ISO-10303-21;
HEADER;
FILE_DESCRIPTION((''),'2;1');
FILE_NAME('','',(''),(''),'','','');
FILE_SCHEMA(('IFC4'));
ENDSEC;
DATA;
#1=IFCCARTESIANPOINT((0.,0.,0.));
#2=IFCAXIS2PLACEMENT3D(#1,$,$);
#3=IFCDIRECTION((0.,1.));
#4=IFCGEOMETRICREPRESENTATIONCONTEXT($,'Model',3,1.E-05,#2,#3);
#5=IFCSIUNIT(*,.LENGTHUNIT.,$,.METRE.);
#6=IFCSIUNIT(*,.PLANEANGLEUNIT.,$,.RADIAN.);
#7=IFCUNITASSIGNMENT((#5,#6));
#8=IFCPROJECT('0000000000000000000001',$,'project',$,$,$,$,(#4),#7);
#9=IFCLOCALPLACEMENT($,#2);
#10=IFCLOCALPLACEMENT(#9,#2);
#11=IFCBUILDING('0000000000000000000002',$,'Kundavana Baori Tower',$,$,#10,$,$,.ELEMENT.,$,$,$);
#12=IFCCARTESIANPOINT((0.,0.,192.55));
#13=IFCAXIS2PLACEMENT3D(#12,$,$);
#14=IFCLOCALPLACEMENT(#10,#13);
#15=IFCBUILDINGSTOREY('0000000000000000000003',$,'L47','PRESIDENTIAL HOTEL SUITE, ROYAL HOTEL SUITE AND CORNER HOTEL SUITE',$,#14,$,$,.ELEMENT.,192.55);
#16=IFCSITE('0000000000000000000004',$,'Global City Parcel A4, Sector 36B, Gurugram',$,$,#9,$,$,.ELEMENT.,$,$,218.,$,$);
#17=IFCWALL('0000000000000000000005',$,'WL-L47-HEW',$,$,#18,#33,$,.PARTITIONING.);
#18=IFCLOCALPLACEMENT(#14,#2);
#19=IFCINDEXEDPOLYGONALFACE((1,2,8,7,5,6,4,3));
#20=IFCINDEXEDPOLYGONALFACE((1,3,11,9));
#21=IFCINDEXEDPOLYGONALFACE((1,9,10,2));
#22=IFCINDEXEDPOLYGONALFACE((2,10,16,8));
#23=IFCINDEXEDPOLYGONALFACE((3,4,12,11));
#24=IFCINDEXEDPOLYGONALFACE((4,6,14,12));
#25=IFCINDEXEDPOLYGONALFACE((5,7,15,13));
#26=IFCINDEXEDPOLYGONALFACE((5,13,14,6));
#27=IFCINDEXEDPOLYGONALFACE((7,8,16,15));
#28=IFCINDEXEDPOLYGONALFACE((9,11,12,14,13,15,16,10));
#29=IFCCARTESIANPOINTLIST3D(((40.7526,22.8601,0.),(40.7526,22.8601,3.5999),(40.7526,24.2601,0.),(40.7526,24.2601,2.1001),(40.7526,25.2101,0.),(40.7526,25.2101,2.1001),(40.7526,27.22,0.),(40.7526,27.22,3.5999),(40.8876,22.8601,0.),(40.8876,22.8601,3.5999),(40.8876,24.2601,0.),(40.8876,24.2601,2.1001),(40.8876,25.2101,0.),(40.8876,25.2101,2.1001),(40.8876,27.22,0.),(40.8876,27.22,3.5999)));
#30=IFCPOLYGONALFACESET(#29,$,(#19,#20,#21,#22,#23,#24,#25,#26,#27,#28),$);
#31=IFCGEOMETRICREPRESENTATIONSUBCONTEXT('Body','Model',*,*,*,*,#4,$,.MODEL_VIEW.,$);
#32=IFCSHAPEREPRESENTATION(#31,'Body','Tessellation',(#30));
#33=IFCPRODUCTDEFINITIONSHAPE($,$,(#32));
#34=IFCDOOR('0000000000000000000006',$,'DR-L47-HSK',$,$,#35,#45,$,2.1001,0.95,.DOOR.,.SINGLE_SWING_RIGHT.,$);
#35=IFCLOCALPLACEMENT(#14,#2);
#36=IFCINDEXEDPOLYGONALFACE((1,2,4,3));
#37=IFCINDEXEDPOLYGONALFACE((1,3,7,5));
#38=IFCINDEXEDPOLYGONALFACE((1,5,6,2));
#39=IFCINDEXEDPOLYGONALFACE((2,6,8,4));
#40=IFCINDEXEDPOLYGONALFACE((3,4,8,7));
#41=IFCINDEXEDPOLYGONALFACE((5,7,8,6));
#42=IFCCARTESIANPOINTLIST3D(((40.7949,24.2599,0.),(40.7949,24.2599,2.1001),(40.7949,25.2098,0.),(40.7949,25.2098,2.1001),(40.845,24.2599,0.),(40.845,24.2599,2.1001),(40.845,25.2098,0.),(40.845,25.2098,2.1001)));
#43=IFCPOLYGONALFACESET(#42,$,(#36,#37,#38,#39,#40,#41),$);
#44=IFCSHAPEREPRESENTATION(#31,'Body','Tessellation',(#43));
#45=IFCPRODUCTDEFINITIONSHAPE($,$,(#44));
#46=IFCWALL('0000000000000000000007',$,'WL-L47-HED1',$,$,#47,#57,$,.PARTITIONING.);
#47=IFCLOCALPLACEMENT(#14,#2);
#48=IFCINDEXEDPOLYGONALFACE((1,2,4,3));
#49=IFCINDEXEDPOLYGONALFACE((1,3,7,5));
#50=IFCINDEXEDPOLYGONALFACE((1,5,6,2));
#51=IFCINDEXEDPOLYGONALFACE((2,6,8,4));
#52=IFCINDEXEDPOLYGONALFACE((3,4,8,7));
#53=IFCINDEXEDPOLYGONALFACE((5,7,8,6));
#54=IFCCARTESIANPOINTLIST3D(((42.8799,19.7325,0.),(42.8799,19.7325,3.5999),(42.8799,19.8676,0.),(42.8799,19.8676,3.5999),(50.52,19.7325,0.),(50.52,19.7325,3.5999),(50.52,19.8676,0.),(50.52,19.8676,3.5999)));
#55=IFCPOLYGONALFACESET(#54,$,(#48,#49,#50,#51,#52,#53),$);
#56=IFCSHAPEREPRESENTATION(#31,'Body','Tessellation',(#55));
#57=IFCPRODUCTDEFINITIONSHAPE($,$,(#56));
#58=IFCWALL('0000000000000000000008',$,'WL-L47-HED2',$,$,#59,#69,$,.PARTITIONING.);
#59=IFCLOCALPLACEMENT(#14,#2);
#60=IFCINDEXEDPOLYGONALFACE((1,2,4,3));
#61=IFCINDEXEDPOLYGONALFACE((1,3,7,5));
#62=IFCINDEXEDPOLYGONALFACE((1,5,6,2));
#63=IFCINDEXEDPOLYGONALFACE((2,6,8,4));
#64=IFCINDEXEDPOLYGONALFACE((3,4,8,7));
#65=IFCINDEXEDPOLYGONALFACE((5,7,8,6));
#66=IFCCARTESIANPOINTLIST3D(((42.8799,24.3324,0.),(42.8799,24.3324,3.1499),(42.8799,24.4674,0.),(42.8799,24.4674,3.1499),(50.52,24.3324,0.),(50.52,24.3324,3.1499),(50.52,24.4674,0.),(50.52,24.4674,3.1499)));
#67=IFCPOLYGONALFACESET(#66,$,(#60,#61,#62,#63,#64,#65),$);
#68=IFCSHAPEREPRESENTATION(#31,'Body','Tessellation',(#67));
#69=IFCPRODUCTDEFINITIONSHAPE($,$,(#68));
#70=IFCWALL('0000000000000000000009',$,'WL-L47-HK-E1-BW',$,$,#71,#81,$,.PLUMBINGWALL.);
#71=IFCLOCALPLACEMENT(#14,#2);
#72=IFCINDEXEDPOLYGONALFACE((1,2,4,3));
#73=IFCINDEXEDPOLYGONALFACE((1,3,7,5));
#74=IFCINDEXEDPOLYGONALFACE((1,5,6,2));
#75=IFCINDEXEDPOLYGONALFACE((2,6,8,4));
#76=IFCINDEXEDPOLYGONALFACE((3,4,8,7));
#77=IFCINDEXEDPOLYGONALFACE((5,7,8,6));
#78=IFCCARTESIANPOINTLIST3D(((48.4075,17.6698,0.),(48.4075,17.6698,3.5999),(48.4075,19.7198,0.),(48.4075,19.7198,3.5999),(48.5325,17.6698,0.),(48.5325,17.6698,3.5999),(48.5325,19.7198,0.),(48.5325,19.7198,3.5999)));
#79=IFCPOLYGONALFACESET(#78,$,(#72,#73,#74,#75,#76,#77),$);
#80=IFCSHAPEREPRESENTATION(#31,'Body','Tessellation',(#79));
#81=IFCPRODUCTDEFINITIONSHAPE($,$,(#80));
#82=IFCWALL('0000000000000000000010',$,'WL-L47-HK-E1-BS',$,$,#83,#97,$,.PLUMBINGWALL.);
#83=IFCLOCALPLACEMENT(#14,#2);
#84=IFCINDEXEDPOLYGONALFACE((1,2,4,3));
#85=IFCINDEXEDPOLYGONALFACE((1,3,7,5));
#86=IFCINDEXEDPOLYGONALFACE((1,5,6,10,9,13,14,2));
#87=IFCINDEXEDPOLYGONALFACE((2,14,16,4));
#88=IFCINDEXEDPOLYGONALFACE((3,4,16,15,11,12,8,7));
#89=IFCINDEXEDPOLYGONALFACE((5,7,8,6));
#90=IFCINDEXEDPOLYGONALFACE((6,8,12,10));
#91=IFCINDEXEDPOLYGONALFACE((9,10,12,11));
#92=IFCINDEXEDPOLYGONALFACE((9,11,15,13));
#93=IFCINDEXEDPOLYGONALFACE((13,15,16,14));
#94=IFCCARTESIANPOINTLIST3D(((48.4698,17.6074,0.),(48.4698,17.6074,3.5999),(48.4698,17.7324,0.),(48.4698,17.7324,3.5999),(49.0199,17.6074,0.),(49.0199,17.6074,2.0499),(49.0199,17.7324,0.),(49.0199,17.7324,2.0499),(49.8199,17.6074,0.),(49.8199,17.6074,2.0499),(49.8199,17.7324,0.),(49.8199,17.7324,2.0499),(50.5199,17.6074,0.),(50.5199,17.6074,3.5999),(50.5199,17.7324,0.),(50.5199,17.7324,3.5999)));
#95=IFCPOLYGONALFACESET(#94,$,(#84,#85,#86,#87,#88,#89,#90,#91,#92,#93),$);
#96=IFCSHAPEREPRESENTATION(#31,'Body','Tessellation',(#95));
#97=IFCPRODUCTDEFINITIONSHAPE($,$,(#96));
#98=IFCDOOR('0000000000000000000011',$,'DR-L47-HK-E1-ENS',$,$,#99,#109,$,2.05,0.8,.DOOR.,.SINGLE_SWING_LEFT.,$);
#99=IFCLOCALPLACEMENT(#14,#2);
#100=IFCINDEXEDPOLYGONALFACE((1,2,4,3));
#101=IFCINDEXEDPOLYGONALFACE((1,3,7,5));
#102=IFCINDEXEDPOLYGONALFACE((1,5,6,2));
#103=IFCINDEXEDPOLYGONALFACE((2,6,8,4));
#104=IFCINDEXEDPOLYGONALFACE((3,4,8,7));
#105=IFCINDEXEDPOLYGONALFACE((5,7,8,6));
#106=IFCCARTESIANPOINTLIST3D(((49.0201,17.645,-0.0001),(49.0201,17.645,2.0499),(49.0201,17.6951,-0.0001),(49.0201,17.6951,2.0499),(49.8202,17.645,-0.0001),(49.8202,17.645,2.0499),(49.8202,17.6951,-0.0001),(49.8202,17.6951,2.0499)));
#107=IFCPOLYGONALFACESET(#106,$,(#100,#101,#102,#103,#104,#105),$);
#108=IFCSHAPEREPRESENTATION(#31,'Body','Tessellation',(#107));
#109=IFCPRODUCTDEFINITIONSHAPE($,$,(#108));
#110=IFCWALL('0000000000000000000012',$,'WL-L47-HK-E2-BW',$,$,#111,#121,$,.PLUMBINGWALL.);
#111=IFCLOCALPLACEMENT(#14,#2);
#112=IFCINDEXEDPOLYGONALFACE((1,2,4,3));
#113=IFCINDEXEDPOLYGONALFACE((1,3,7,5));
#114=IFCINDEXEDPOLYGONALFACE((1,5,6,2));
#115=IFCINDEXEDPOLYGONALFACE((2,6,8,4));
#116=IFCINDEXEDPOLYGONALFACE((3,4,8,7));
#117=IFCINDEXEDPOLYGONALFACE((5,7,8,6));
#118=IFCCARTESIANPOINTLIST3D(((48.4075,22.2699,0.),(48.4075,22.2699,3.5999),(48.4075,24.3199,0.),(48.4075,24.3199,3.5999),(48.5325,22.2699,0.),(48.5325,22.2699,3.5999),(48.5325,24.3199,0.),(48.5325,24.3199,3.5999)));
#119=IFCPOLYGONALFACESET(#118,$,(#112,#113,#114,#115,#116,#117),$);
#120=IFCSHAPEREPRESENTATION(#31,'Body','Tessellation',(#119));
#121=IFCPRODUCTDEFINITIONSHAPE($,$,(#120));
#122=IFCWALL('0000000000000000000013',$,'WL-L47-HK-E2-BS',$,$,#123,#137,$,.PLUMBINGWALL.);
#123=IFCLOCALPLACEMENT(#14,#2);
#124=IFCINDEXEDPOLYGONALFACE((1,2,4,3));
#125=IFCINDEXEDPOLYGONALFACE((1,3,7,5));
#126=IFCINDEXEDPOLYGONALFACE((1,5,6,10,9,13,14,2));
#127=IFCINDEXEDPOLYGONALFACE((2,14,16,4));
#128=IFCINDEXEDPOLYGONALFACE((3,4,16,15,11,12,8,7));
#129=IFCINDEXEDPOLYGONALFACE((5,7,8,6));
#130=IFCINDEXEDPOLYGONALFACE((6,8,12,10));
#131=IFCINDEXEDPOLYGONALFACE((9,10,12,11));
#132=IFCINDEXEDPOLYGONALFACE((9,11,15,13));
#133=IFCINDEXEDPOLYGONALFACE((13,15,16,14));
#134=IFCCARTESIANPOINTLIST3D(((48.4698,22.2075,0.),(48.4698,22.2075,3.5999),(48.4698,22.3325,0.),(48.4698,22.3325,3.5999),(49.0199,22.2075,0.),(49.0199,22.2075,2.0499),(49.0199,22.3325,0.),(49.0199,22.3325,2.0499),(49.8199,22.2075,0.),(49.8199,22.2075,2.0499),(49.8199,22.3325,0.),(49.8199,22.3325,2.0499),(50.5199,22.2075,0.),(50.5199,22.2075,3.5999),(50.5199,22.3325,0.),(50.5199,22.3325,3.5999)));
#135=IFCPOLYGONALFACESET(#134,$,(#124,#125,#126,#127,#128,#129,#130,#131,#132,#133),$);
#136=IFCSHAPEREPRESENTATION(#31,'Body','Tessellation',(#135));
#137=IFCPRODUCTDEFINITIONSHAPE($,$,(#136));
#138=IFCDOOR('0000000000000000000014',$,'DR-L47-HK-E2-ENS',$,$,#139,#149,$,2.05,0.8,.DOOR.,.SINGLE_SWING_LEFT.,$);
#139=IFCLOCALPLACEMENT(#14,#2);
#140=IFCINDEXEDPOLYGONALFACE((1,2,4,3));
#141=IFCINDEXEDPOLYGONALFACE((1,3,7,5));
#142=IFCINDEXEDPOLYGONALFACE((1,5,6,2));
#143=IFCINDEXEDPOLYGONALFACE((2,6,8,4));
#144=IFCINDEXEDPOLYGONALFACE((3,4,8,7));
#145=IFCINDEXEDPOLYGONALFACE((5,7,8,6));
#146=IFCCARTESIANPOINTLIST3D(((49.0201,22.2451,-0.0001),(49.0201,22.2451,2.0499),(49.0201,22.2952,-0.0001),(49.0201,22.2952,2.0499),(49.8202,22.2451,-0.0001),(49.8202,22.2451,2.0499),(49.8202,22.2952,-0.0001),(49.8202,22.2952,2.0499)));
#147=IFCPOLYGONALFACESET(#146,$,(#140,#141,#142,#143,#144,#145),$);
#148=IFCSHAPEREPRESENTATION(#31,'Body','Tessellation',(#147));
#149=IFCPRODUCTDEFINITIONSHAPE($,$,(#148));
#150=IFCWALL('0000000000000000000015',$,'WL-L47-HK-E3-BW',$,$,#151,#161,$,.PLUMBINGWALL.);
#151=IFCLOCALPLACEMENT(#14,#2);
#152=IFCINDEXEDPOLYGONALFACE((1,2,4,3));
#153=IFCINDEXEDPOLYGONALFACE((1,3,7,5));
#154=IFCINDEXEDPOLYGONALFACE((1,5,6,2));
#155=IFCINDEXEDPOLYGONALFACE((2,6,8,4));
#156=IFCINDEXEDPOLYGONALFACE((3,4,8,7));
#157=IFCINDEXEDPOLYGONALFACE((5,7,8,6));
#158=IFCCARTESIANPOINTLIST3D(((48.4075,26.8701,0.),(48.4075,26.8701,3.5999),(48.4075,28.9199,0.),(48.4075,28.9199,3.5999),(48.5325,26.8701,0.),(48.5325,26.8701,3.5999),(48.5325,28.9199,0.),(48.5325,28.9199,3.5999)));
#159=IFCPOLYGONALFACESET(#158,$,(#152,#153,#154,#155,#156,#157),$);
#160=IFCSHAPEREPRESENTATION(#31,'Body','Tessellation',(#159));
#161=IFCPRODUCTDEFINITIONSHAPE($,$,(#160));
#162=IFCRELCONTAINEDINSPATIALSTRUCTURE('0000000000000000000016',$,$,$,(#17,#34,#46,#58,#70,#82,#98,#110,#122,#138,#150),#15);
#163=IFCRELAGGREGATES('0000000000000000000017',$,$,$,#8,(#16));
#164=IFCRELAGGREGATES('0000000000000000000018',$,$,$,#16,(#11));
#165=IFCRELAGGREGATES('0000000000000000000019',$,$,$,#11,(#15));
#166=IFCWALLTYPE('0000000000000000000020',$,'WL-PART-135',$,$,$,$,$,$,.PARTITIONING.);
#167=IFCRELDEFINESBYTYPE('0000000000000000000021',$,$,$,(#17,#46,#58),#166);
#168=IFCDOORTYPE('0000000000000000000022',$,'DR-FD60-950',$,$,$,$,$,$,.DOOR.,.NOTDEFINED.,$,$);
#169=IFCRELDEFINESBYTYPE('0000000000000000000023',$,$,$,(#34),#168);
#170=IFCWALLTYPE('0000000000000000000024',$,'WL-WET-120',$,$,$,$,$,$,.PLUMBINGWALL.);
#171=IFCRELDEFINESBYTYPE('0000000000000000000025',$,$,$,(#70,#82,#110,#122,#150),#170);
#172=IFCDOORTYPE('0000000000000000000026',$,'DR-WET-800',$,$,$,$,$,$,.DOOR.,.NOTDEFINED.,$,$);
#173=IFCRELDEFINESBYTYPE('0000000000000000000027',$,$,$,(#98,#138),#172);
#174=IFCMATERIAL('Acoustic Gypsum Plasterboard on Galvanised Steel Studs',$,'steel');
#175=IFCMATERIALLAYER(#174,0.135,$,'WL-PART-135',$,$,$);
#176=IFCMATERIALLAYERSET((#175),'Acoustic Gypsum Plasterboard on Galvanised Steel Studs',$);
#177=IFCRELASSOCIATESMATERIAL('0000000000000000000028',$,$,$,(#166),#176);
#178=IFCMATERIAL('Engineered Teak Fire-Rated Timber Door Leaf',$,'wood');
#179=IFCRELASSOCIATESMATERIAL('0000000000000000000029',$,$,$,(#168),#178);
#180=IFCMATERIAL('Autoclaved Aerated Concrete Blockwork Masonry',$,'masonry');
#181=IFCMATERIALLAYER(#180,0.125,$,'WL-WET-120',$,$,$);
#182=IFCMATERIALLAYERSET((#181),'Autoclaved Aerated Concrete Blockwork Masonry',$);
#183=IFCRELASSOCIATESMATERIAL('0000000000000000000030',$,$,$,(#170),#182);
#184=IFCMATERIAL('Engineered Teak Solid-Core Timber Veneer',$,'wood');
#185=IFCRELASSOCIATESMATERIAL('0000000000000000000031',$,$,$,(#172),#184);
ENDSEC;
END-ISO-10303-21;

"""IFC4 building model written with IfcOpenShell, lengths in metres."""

from ifc_helpers import new_model, si_unit, direction, frame, frame_2d, origin, place, context, subcontext, project, spatial, rectangle, extrude, material, layer, layer_set, type_object, element, fill, save


model = new_model("IFC4")

# Units and contexts
model_context = context("Model", 3, precision=1e-05, world=origin(), true_north=direction((0.0, 1.0)))
body_context = subcontext(model_context, "Body", "Model", "MODEL_VIEW")
ifc_project = project(units=[si_unit("LENGTHUNIT", "METRE"), si_unit("PLANEANGLEUNIT", "RADIAN")], contexts=[model_context])

# Site, building, storey
site_placement = place(None, origin())
site = spatial("IfcSite", under=ifc_project, at=site_placement, Name="Global City Parcel A4, Sector 36B, Gurugram", CompositionType="ELEMENT", RefElevation=218.0)
building_placement = place(site_placement, origin())
building = spatial("IfcBuilding", under=site, at=building_placement, Name="Kundavana Baori Tower", CompositionType="ELEMENT")
storey_placement = place(building_placement, frame((0.0, 0.0, 192.55)))
storey = spatial("IfcBuildingStorey", under=building, at=storey_placement, Name="L47", Description="PRESIDENTIAL HOTEL SUITE, ROYAL HOTEL SUITE AND CORNER HOTEL SUITE", CompositionType="ELEMENT", Elevation=192.55)

# Wall, opening, door
ifc_material_1 = material(Name="Acoustic Gypsum Plasterboard on Galvanised Steel Studs", Category="steel")
ifc_layer_1 = layer(ifc_material_1, 0.135, Name="WL-PART-135")
ifc_layer_set_1 = layer_set([ifc_layer_1], Name="Acoustic Gypsum Plasterboard on Galvanised Steel Studs")
wall_type_1 = type_object("IfcWallType", Name="WL-PART-135", PredefinedType="PARTITIONING", material=ifc_layer_set_1)
wall_1_placement = place(storey_placement, frame((40.8201, 22.8601, 0.0), z_axis=(0.0, 0.0, 1.0), x_axis=(0.0, 1.0, 0.0)))
wall_1 = element("IfcWall", 1, at=wall_1_placement, inside=storey, type_object=wall_type_1, Name="WL-L47-HEW", PredefinedType="PARTITIONING", context=body_context, shape_type="SweptSolid", body=[
    extrude(rectangle(XDim=4.3599, YDim=0.135, at=frame_2d((2.1799, 0.0))), origin(), (0.0, 0.0, 1.0), 3.5999),
])
opening_1_placement = place(wall_1_placement, frame((1.3999, 0.0, 0.0)))
opening_1 = element("IfcOpeningElement", 2, at=opening_1_placement, cuts=wall_1, PredefinedType="OPENING", context=body_context, shape_type="SweptSolid", body=[
    extrude(rectangle(XDim=0.95, YDim=2.1001, at=frame_2d((0.4751, 1.05))), frame((0.0, 0.0776, 0.0), z_axis=(0.0, -1.0, 0.0), x_axis=(1.0, 0.0, 0.0)), (0.0, 0.0, 1.0), 0.155),
])
ifc_material_2 = material(Name="Engineered Teak Fire-Rated Timber Door Leaf", Category="wood")
door_type_1 = type_object("IfcDoorType", Name="DR-FD60-950", OperationType="NOTDEFINED", PredefinedType="DOOR", material=ifc_material_2)
door_1_placement = place(opening_1_placement, frame((0.95, 0.0, 0.0), z_axis=(0.0, 0.0, 1.0), x_axis=(-1.0, 0.0, 0.0)))
door_1 = element("IfcDoor", 3, at=door_1_placement, inside=storey, type_object=door_type_1, Name="DR-L47-HSK", OperationType="SINGLE_SWING_RIGHT", OverallHeight=2.1001, OverallWidth=0.95, PredefinedType="DOOR", context=body_context, shape_type="SweptSolid", body=[
    extrude(rectangle(XDim=0.95, YDim=2.1001, at=frame_2d((0.4751, 1.05))), frame((0.0, 0.0249, 0.0), z_axis=(0.0, -1.0, 0.0), x_axis=(1.0, 0.0, 0.0)), (0.0, 0.0, 1.0), 0.05),
])
fill(opening_1, door_1)

# Walls
wall_2_placement = place(storey_placement, frame((42.8799, 19.8, 0.0), z_axis=(0.0, 0.0, 1.0), x_axis=(1.0, 0.0, 0.0)))
element("IfcWall", 4, at=wall_2_placement, inside=storey, type_object=wall_type_1, Name="WL-L47-HED1", PredefinedType="PARTITIONING", context=body_context, shape_type="SweptSolid", body=[
    extrude(rectangle(XDim=7.6401, YDim=0.135, at=frame_2d((3.8201, 0.0))), origin(), (0.0, 0.0, 1.0), 3.5999),
])
wall_3_placement = place(storey_placement, frame((42.8799, 24.3999, 0.0), z_axis=(0.0, 0.0, 1.0), x_axis=(1.0, 0.0, 0.0)))
element("IfcWall", 5, at=wall_3_placement, inside=storey, type_object=wall_type_1, Name="WL-L47-HED2", PredefinedType="PARTITIONING", context=body_context, shape_type="SweptSolid", body=[
    extrude(rectangle(XDim=7.6401, YDim=0.135, at=frame_2d((3.8201, 0.0))), origin(), (0.0, 0.0, 1.0), 3.1499),
])
ifc_material_3 = material(Name="Autoclaved Aerated Concrete Blockwork Masonry", Category="masonry")
ifc_layer_2 = layer(ifc_material_3, 0.125, Name="WL-WET-120")
ifc_layer_set_2 = layer_set([ifc_layer_2], Name="Autoclaved Aerated Concrete Blockwork Masonry")
wall_type_2 = type_object("IfcWallType", Name="WL-WET-120", PredefinedType="PLUMBINGWALL", material=ifc_layer_set_2)
wall_4_placement = place(storey_placement, frame((48.47, 17.6699, 0.0), z_axis=(0.0, 0.0, 1.0), x_axis=(0.0, 1.0, 0.0)))
element("IfcWall", 6, at=wall_4_placement, inside=storey, type_object=wall_type_2, Name="WL-L47-HK-E1-BW", PredefinedType="PLUMBINGWALL", context=body_context, shape_type="SweptSolid", body=[
    extrude(rectangle(XDim=2.05, YDim=0.125, at=frame_2d((1.0249, 0.0))), origin(), (0.0, 0.0, 1.0), 3.5999),
])

# Wall, opening, door
wall_5_placement = place(storey_placement, frame((48.47, 17.6699, 0.0), z_axis=(0.0, 0.0, 1.0), x_axis=(1.0, 0.0, 0.0)))
wall_5 = element("IfcWall", 7, at=wall_5_placement, inside=storey, type_object=wall_type_2, Name="WL-L47-HK-E1-BS", PredefinedType="PLUMBINGWALL", context=body_context, shape_type="SweptSolid", body=[
    extrude(rectangle(XDim=2.05, YDim=0.125, at=frame_2d((1.0249, 0.0))), origin(), (0.0, 0.0, 1.0), 3.5999),
])
opening_2_placement = place(wall_5_placement, frame((0.55, 0.0, 0.0)))
opening_2 = element("IfcOpeningElement", 8, at=opening_2_placement, cuts=wall_5, PredefinedType="OPENING", context=body_context, shape_type="SweptSolid", body=[
    extrude(rectangle(XDim=0.8, YDim=2.05, at=frame_2d((0.3999, 1.0249))), frame((0.0, 0.0725, 0.0), z_axis=(0.0, -1.0, 0.0), x_axis=(1.0, 0.0, 0.0)), (0.0, 0.0, 1.0), 0.145),
])
ifc_material_4 = material(Name="Engineered Teak Solid-Core Timber Veneer", Category="wood")
door_type_2 = type_object("IfcDoorType", Name="DR-WET-800", OperationType="NOTDEFINED", PredefinedType="DOOR", material=ifc_material_4)
door_2_placement = place(opening_2_placement, frame((0.8, 0.0, 0.0), z_axis=(0.0, 0.0, 1.0), x_axis=(-1.0, 0.0, 0.0)))
door_2 = element("IfcDoor", 9, at=door_2_placement, inside=storey, type_object=door_type_2, Name="DR-L47-HK-E1-ENS", OperationType="SINGLE_SWING_LEFT", OverallHeight=2.05, OverallWidth=0.8, PredefinedType="DOOR", context=body_context, shape_type="SweptSolid", body=[
    extrude(rectangle(XDim=0.8, YDim=2.05, at=frame_2d((0.3999, 1.0249))), frame((0.0, 0.0249, 0.0), z_axis=(0.0, -1.0, 0.0), x_axis=(1.0, 0.0, 0.0)), (0.0, 0.0, 1.0), 0.05),
])
fill(opening_2, door_2)

# Wall
wall_6_placement = place(storey_placement, frame((48.47, 22.27, 0.0), z_axis=(0.0, 0.0, 1.0), x_axis=(0.0, 1.0, 0.0)))
element("IfcWall", 10, at=wall_6_placement, inside=storey, type_object=wall_type_2, Name="WL-L47-HK-E2-BW", PredefinedType="PLUMBINGWALL", context=body_context, shape_type="SweptSolid", body=[
    extrude(rectangle(XDim=2.05, YDim=0.125, at=frame_2d((1.0249, 0.0))), origin(), (0.0, 0.0, 1.0), 3.5999),
])

# Wall, opening, door
wall_7_placement = place(storey_placement, frame((48.47, 22.27, 0.0), z_axis=(0.0, 0.0, 1.0), x_axis=(1.0, 0.0, 0.0)))
wall_7 = element("IfcWall", 11, at=wall_7_placement, inside=storey, type_object=wall_type_2, Name="WL-L47-HK-E2-BS", PredefinedType="PLUMBINGWALL", context=body_context, shape_type="SweptSolid", body=[
    extrude(rectangle(XDim=2.05, YDim=0.125, at=frame_2d((1.0249, 0.0))), origin(), (0.0, 0.0, 1.0), 3.5999),
])
opening_3_placement = place(wall_7_placement, frame((0.55, 0.0, 0.0)))
opening_3 = element("IfcOpeningElement", 12, at=opening_3_placement, cuts=wall_7, PredefinedType="OPENING", context=body_context, shape_type="SweptSolid", body=[
    extrude(rectangle(XDim=0.8, YDim=2.05, at=frame_2d((0.3999, 1.0249))), frame((0.0, 0.0725, 0.0), z_axis=(0.0, -1.0, 0.0), x_axis=(1.0, 0.0, 0.0)), (0.0, 0.0, 1.0), 0.145),
])
door_3_placement = place(opening_3_placement, frame((0.8, 0.0, 0.0), z_axis=(0.0, 0.0, 1.0), x_axis=(-1.0, 0.0, 0.0)))
door_3 = element("IfcDoor", 13, at=door_3_placement, inside=storey, type_object=door_type_2, Name="DR-L47-HK-E2-ENS", OperationType="SINGLE_SWING_LEFT", OverallHeight=2.05, OverallWidth=0.8, PredefinedType="DOOR", context=body_context, shape_type="SweptSolid", body=[
    extrude(rectangle(XDim=0.8, YDim=2.05, at=frame_2d((0.3999, 1.0249))), frame((0.0, 0.0249, 0.0), z_axis=(0.0, -1.0, 0.0), x_axis=(1.0, 0.0, 0.0)), (0.0, 0.0, 1.0), 0.05),
])
fill(opening_3, door_3)

# Wall
wall_8_placement = place(storey_placement, frame((48.47, 26.8701, 0.0), z_axis=(0.0, 0.0, 1.0), x_axis=(0.0, 1.0, 0.0)))
element("IfcWall", 14, at=wall_8_placement, inside=storey, type_object=wall_type_2, Name="WL-L47-HK-E3-BW", PredefinedType="PLUMBINGWALL", context=body_context, shape_type="SweptSolid", body=[
    extrude(rectangle(XDim=2.0498, YDim=0.125, at=frame_2d((1.0249, 0.0))), origin(), (0.0, 0.0, 1.0), 3.5999),
])

save(model, "model.ifc")
